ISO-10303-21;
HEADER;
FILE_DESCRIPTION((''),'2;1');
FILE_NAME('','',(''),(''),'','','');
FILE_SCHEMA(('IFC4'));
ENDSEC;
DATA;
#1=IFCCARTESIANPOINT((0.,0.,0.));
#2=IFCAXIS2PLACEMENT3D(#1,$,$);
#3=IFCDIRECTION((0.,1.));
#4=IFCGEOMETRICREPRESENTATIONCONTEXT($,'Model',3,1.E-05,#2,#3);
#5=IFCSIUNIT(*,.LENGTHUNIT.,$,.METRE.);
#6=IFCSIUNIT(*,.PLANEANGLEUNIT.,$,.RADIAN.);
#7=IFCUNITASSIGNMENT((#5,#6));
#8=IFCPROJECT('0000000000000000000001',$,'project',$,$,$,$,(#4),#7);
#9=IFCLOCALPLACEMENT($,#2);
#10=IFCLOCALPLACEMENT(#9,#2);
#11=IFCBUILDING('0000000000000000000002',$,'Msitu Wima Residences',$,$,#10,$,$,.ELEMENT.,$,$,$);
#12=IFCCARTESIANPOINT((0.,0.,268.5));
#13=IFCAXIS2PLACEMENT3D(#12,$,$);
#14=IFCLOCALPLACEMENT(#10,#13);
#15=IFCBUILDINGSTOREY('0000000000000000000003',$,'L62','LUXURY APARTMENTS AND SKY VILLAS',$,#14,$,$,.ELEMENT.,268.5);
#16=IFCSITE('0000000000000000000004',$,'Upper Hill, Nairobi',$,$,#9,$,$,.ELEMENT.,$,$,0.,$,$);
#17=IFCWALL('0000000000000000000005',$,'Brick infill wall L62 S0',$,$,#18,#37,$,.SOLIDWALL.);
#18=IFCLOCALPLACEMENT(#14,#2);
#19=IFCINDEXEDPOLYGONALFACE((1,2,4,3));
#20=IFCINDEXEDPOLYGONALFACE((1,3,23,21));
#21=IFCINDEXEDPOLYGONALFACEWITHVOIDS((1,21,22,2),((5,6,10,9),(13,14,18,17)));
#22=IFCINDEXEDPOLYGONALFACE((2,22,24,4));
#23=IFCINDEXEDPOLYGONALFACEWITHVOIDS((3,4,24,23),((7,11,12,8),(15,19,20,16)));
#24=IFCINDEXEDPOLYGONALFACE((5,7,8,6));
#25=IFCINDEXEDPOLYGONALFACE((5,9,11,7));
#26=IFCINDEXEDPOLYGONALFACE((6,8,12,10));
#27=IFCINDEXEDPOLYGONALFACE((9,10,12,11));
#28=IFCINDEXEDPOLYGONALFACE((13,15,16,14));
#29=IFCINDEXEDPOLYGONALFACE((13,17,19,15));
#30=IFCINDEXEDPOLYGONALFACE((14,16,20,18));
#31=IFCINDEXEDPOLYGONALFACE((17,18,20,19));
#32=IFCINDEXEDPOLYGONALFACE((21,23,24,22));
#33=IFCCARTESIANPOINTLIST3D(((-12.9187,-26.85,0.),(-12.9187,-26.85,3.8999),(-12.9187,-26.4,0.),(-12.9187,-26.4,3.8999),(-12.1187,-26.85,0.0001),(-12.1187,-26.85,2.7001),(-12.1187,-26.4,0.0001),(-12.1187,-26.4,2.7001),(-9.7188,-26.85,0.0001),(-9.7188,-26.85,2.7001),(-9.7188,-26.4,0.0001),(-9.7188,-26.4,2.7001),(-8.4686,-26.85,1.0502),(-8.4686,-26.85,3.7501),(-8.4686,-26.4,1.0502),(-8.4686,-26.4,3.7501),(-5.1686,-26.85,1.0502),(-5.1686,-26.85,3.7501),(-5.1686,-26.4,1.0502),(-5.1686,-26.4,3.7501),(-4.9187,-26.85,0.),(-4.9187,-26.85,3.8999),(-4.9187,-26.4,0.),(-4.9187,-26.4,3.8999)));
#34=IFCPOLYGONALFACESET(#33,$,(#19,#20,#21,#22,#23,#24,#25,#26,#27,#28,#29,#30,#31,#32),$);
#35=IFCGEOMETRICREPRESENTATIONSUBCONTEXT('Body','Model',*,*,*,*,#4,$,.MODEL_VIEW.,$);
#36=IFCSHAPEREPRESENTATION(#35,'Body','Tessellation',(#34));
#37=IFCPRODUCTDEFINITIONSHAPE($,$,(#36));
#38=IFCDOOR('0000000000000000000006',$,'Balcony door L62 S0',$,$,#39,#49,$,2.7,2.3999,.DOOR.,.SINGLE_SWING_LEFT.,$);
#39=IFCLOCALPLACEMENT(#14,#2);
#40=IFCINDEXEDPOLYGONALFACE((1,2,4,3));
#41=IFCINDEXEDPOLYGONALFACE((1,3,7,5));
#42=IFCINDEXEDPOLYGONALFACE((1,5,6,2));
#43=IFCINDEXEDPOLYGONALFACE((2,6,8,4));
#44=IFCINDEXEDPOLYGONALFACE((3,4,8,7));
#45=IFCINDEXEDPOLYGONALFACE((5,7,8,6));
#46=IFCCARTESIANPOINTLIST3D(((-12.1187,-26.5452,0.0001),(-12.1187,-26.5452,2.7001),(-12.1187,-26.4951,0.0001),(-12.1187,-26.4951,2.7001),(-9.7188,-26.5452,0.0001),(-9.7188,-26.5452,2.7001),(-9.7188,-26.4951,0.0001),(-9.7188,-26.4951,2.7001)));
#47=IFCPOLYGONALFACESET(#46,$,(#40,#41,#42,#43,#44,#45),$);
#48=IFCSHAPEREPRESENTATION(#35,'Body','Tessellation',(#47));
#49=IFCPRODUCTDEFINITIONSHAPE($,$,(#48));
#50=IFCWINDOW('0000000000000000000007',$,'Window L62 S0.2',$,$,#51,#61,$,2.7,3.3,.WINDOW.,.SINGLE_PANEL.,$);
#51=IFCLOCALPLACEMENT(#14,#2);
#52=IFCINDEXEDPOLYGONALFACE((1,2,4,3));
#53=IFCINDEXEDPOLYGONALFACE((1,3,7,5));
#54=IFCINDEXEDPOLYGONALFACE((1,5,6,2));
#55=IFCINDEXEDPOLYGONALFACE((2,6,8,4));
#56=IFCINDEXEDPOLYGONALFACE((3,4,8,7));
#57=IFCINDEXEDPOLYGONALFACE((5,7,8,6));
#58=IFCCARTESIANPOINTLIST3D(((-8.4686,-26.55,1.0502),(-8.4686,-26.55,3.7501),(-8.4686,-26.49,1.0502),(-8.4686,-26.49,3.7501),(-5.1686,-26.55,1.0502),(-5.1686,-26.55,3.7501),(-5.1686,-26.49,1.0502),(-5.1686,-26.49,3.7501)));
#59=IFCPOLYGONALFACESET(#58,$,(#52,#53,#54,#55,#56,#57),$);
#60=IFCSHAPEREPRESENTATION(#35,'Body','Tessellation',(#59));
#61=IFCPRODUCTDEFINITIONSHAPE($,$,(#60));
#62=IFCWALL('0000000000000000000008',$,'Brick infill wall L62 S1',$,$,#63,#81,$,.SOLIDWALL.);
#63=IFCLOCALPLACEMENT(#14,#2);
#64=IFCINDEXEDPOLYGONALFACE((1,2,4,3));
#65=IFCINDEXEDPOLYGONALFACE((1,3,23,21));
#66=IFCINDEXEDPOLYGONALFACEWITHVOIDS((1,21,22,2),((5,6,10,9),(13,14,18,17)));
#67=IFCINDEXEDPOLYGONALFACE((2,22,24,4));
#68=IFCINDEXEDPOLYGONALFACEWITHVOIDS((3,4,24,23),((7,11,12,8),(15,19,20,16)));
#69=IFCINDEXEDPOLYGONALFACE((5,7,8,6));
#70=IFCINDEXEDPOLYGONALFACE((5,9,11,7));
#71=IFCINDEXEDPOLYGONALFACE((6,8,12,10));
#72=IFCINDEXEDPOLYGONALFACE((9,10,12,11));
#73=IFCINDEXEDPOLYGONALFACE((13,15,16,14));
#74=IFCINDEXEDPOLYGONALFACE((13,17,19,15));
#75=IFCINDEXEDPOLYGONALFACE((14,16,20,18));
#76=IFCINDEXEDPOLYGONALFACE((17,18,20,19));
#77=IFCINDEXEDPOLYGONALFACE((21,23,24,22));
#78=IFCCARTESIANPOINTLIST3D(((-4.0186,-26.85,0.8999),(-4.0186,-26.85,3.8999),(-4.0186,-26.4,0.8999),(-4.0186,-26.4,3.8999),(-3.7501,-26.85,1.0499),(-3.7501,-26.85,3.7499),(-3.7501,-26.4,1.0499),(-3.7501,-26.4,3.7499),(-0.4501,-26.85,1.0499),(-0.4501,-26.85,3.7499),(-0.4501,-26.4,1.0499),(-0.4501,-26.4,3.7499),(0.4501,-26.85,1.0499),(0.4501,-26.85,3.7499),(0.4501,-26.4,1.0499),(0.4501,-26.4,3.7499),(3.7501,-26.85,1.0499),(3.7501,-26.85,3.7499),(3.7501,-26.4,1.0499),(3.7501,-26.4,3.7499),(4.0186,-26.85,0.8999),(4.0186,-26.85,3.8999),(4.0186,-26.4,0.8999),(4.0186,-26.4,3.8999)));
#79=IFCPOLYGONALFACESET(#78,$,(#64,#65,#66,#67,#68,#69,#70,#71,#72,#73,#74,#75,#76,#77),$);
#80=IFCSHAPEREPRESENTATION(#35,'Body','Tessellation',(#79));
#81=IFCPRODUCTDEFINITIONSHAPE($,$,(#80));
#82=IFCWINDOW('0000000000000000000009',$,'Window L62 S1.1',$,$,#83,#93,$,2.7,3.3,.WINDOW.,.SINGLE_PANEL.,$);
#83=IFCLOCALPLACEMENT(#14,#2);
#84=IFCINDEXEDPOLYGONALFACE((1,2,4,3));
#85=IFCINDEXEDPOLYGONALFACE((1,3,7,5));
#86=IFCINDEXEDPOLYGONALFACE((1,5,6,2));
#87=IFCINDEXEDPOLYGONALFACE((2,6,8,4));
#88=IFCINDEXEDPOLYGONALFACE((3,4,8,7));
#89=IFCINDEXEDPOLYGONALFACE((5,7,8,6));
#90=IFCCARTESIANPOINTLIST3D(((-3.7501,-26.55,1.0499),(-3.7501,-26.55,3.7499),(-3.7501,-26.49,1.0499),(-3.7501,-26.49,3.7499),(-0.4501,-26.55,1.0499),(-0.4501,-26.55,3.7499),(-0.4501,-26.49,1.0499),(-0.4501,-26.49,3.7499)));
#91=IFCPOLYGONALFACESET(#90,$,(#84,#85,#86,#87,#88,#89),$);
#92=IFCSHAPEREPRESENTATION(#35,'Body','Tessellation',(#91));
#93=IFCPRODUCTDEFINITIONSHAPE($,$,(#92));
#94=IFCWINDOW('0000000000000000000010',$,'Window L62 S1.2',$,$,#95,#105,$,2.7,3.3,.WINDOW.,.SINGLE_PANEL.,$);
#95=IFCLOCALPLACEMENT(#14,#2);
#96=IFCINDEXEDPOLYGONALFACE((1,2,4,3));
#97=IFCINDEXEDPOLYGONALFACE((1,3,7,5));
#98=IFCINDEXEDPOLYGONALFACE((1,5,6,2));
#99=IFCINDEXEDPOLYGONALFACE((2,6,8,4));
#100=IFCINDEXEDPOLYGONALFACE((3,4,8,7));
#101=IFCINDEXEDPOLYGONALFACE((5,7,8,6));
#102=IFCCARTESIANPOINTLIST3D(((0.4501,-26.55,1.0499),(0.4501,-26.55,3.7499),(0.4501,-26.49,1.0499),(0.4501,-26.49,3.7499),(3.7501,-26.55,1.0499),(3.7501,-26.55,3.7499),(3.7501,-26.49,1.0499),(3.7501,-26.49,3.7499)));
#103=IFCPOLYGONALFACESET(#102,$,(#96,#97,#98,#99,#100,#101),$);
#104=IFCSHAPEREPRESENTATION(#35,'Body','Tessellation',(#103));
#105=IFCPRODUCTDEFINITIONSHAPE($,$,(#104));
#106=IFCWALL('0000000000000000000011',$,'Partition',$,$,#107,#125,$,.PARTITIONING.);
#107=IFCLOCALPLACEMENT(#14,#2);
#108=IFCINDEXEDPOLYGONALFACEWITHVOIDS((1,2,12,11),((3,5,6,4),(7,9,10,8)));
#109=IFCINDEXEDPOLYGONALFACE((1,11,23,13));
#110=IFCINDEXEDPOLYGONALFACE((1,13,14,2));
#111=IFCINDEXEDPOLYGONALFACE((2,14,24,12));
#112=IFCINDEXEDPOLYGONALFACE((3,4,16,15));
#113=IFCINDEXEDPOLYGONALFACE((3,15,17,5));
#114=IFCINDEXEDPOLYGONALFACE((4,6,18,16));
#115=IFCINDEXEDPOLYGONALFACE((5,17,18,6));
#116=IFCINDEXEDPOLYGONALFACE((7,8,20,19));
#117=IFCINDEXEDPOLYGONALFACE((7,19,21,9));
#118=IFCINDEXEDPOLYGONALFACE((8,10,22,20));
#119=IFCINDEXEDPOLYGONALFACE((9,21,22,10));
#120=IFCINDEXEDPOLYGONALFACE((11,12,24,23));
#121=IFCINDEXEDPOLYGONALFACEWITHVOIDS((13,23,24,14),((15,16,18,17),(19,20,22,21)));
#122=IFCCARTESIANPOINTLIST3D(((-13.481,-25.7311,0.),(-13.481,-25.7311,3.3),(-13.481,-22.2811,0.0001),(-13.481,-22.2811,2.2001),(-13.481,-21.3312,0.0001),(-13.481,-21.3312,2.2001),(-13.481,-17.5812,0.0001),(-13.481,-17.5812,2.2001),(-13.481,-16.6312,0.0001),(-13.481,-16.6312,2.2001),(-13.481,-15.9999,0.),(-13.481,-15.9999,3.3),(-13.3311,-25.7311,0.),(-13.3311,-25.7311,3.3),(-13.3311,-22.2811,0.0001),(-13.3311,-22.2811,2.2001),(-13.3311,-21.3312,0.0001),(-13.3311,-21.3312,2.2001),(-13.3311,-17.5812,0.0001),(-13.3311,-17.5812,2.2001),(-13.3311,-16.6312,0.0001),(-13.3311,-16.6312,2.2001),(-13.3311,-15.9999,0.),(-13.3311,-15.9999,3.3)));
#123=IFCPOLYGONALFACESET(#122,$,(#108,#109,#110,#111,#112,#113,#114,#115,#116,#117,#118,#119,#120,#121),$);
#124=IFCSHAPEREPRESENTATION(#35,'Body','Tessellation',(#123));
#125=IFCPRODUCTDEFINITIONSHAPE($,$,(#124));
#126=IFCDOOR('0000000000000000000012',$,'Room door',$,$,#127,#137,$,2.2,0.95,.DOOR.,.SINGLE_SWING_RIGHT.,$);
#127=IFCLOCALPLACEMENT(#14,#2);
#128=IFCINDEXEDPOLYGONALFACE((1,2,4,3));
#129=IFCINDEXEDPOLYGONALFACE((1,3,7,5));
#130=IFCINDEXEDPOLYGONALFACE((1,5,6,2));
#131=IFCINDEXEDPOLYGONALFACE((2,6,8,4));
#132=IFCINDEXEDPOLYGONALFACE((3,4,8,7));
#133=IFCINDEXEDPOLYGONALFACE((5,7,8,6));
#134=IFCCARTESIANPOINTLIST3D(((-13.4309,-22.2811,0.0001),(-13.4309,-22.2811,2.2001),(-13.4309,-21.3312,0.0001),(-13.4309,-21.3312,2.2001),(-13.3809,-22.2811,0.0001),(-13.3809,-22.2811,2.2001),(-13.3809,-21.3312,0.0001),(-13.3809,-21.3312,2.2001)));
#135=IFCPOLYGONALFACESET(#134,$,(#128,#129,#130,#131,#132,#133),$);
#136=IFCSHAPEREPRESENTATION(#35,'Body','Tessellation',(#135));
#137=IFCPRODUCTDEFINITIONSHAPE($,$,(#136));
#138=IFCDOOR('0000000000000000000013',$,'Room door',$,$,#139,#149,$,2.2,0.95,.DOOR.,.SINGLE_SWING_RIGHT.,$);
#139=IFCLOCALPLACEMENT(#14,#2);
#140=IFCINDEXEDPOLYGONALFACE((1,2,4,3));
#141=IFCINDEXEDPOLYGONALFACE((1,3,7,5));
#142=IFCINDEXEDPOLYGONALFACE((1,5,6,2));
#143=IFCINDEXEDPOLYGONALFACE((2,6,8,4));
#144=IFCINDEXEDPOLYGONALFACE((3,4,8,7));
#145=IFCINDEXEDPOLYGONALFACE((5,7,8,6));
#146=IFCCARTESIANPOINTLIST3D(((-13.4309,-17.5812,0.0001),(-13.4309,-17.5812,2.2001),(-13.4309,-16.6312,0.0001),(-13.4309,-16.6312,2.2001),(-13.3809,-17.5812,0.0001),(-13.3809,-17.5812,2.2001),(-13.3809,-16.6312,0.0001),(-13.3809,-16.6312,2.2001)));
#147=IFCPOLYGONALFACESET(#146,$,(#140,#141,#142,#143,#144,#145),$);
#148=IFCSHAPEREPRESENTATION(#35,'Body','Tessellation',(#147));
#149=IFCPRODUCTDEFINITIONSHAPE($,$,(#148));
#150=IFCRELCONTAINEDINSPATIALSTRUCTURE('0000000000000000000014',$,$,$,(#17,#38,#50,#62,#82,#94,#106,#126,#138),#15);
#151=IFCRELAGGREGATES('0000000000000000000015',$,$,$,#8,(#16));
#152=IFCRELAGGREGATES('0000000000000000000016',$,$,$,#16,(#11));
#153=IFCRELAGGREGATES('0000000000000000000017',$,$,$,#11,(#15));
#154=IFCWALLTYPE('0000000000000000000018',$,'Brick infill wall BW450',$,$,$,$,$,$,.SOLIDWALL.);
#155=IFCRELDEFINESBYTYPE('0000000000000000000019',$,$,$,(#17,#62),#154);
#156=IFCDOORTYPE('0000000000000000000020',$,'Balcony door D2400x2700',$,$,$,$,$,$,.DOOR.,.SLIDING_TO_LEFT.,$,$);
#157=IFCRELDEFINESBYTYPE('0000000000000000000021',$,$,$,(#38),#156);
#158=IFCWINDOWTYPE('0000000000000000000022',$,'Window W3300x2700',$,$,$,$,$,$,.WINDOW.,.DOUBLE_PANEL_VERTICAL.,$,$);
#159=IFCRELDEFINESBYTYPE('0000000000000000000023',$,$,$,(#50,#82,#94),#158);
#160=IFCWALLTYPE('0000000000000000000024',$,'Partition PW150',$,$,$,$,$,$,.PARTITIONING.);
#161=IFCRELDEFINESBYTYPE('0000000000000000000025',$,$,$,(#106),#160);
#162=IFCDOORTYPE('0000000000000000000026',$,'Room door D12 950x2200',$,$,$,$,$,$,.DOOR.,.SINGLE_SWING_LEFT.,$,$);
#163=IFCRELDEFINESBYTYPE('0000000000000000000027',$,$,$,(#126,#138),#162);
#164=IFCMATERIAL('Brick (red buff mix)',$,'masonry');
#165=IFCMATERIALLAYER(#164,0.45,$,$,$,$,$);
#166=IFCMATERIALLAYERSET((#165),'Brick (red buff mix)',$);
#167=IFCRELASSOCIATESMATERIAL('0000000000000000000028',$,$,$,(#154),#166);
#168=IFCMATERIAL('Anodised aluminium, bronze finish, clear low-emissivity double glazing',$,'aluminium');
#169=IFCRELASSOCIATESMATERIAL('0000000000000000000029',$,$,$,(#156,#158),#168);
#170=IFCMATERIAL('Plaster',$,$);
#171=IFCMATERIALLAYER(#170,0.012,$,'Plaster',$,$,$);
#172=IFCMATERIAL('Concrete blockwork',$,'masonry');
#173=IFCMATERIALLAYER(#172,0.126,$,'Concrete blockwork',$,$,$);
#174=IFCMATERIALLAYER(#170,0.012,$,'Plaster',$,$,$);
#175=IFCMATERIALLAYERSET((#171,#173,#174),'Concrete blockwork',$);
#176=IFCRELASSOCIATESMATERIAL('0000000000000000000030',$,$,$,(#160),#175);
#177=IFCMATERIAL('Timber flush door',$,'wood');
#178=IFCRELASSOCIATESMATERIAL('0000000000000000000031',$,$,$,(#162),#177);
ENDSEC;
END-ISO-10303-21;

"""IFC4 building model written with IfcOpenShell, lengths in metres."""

from ifc_helpers import new_model, si_unit, direction, frame, frame_2d, origin, place, context, subcontext, project, spatial, rectangle, extrude, material, layer, layer_set, type_object, element, fill, save


model = new_model("IFC4")

# Units and contexts
model_context = context("Model", 3, precision=1e-05, world=origin(), true_north=direction((0.0, 1.0)))
body_context = subcontext(model_context, "Body", "Model", "MODEL_VIEW")
ifc_project = project(units=[si_unit("LENGTHUNIT", "METRE"), si_unit("PLANEANGLEUNIT", "RADIAN")], contexts=[model_context])

# Site, building, storey
site_placement = place(None, origin())
site = spatial("IfcSite", under=ifc_project, at=site_placement, Name="Upper Hill, Nairobi", CompositionType="ELEMENT", RefElevation=0.0)
building_placement = place(site_placement, origin())
building = spatial("IfcBuilding", under=site, at=building_placement, Name="Msitu Wima Residences", CompositionType="ELEMENT")
storey_placement = place(building_placement, frame((0.0, 0.0, 268.5)))
storey = spatial("IfcBuildingStorey", under=building, at=storey_placement, Name="L62", Description="LUXURY APARTMENTS AND SKY VILLAS", CompositionType="ELEMENT", Elevation=268.5)

# Wall, openings, door, window
ifc_material_1 = material(Name="Brick (red buff mix)", Category="masonry")
ifc_layer_1 = layer(ifc_material_1, 0.45)
ifc_layer_set_1 = layer_set([ifc_layer_1], Name="Brick (red buff mix)")
wall_type_1 = type_object("IfcWallType", Name="Brick infill wall BW450", PredefinedType="SOLIDWALL", material=ifc_layer_set_1)
wall_1_placement = place(storey_placement, frame((-12.9187, -26.625, 0.0), z_axis=(0.0, 0.0, 1.0), x_axis=(1.0, 0.0, 0.0)))
wall_1 = element("IfcWall", 1, at=wall_1_placement, inside=storey, type_object=wall_type_1, Name="Brick infill wall L62 S0", PredefinedType="SOLIDWALL", context=body_context, shape_type="SweptSolid", body=[
    extrude(rectangle(XDim=8.0, YDim=0.45, at=frame_2d((4.0, 0.0))), origin(), (0.0, 0.0, 1.0), 3.8999),
])
opening_1_placement = place(wall_1_placement, frame((0.8, 0.0, 0.0)))
opening_1 = element("IfcOpeningElement", 2, at=opening_1_placement, cuts=wall_1, PredefinedType="OPENING", context=body_context, shape_type="SweptSolid", body=[
    extrude(rectangle(XDim=2.3999, YDim=2.7, at=frame_2d((1.2, 1.3501))), frame((0.0, 0.2349, 0.0), z_axis=(0.0, -1.0, 0.0), x_axis=(1.0, 0.0, 0.0)), (0.0, 0.0, 1.0), 0.47),
])
opening_2_placement = place(wall_1_placement, frame((4.4502, 0.0, 1.05)))
opening_2 = element("IfcOpeningElement", 3, at=opening_2_placement, cuts=wall_1, PredefinedType="OPENING", context=body_context, shape_type="SweptSolid", body=[
    extrude(rectangle(XDim=3.3, YDim=2.7, at=frame_2d((1.6499, 1.3501))), frame((0.0, 0.2349, 0.0), z_axis=(0.0, -1.0, 0.0), x_axis=(1.0, 0.0, 0.0)), (0.0, 0.0, 1.0), 0.47),
])
ifc_material_2 = material(Name="Anodised aluminium, bronze finish, clear low-emissivity double glazing", Category="aluminium")
door_type_1 = type_object("IfcDoorType", Name="Balcony door D2400x2700", OperationType="SLIDING_TO_LEFT", PredefinedType="DOOR", material=ifc_material_2)
door_1_placement = place(opening_1_placement, origin())
door_1 = element("IfcDoor", 4, at=door_1_placement, inside=storey, type_object=door_type_1, Name="Balcony door L62 S0", OperationType="SINGLE_SWING_LEFT", OverallHeight=2.7, OverallWidth=2.3999, PredefinedType="DOOR", context=body_context, shape_type="SweptSolid", body=[
    extrude(rectangle(XDim=2.3999, YDim=2.7, at=frame_2d((1.2, 1.3501))), frame((0.0, 0.1299, 0.0), z_axis=(0.0, -1.0, 0.0), x_axis=(1.0, 0.0, 0.0)), (0.0, 0.0, 1.0), 0.05),
])
fill(opening_1, door_1)
window_type = type_object("IfcWindowType", Name="Window W3300x2700", PartitioningType="DOUBLE_PANEL_VERTICAL", PredefinedType="WINDOW", material=ifc_material_2)
window_1_placement = place(opening_2_placement, origin())
window_1 = element("IfcWindow", 5, at=window_1_placement, inside=storey, type_object=window_type, Name="Window L62 S0.2", OverallHeight=2.7, OverallWidth=3.3, PartitioningType="SINGLE_PANEL", PredefinedType="WINDOW", context=body_context, shape_type="SweptSolid", body=[
    extrude(rectangle(XDim=3.3, YDim=2.7, at=frame_2d((1.6499, 1.3501))), frame((0.0, 0.135, 0.0), z_axis=(0.0, -1.0, 0.0), x_axis=(1.0, 0.0, 0.0)), (0.0, 0.0, 1.0), 0.0601),
])
fill(opening_2, window_1)

# Wall, openings, windows
wall_2_placement = place(storey_placement, frame((-4.0186, -26.625, 0.8999), z_axis=(0.0, 0.0, 1.0), x_axis=(1.0, 0.0, 0.0)))
wall_2 = element("IfcWall", 6, at=wall_2_placement, inside=storey, type_object=wall_type_1, Name="Brick infill wall L62 S1", PredefinedType="SOLIDWALL", context=body_context, shape_type="SweptSolid", body=[
    extrude(rectangle(XDim=8.0371, YDim=0.45, at=frame_2d((4.0186, 0.0))), origin(), (0.0, 0.0, 1.0), 3.0),
])
opening_3_placement = place(wall_2_placement, frame((0.2686, 0.0, 0.1499)))
opening_3 = element("IfcOpeningElement", 7, at=opening_3_placement, cuts=wall_2, PredefinedType="OPENING", context=body_context, shape_type="SweptSolid", body=[
    extrude(rectangle(XDim=3.3, YDim=2.7, at=frame_2d((1.6499, 1.3501))), frame((0.0, 0.2349, 0.0), z_axis=(0.0, -1.0, 0.0), x_axis=(1.0, 0.0, 0.0)), (0.0, 0.0, 1.0), 0.47),
])
opening_4_placement = place(wall_2_placement, frame((4.4688, 0.0, 0.1499)))
opening_4 = element("IfcOpeningElement", 8, at=opening_4_placement, cuts=wall_2, PredefinedType="OPENING", context=body_context, shape_type="SweptSolid", body=[
    extrude(rectangle(XDim=3.3, YDim=2.7, at=frame_2d((1.6499, 1.3501))), frame((0.0, 0.2349, 0.0), z_axis=(0.0, -1.0, 0.0), x_axis=(1.0, 0.0, 0.0)), (0.0, 0.0, 1.0), 0.47),
])
window_2_placement = place(opening_3_placement, origin())
window_2 = element("IfcWindow", 9, at=window_2_placement, inside=storey, type_object=window_type, Name="Window L62 S1.1", OverallHeight=2.7, OverallWidth=3.3, PartitioningType="SINGLE_PANEL", PredefinedType="WINDOW", context=body_context, shape_type="SweptSolid", body=[
    extrude(rectangle(XDim=3.3, YDim=2.7, at=frame_2d((1.6499, 1.3501))), frame((0.0, 0.135, 0.0), z_axis=(0.0, -1.0, 0.0), x_axis=(1.0, 0.0, 0.0)), (0.0, 0.0, 1.0), 0.0601),
])
fill(opening_3, window_2)
window_3_placement = place(opening_4_placement, origin())
window_3 = element("IfcWindow", 10, at=window_3_placement, inside=storey, type_object=window_type, Name="Window L62 S1.2", OverallHeight=2.7, OverallWidth=3.3, PartitioningType="SINGLE_PANEL", PredefinedType="WINDOW", context=body_context, shape_type="SweptSolid", body=[
    extrude(rectangle(XDim=3.3, YDim=2.7, at=frame_2d((1.6499, 1.3501))), frame((0.0, 0.135, 0.0), z_axis=(0.0, -1.0, 0.0), x_axis=(1.0, 0.0, 0.0)), (0.0, 0.0, 1.0), 0.0601),
])
fill(opening_4, window_3)

# Wall, openings, doors
ifc_material_3 = material(Name="Plaster")
ifc_layer_2 = layer(ifc_material_3, 0.012, Name="Plaster")
ifc_material_4 = material(Name="Concrete blockwork", Category="masonry")
ifc_layer_3 = layer(ifc_material_4, 0.126, Name="Concrete blockwork")
ifc_layer_4 = layer(ifc_material_3, 0.012, Name="Plaster")
ifc_layer_set_2 = layer_set([ifc_layer_2, ifc_layer_3, ifc_layer_4], Name="Concrete blockwork")
wall_type_2 = type_object("IfcWallType", Name="Partition PW150", PredefinedType="PARTITIONING", material=ifc_layer_set_2)
wall_3_placement = place(storey_placement, frame((-13.406, -25.7312, 0.0), z_axis=(0.0, 0.0, 1.0), x_axis=(0.0, 1.0, 0.0)))
wall_3 = element("IfcWall", 11, at=wall_3_placement, inside=storey, type_object=wall_type_2, Name="Partition", PredefinedType="PARTITIONING", context=body_context, shape_type="SweptSolid", body=[
    extrude(rectangle(XDim=9.7312, YDim=0.1499, at=frame_2d((4.8657, 0.0))), origin(), (0.0, 0.0, 1.0), 3.3),
])
opening_5_placement = place(wall_3_placement, frame((3.45, 0.0, 0.0)))
opening_5 = element("IfcOpeningElement", 12, at=opening_5_placement, cuts=wall_3, PredefinedType="OPENING", context=body_context, shape_type="SweptSolid", body=[
    extrude(rectangle(XDim=0.95, YDim=2.2, at=frame_2d((0.4751, 1.1001))), frame((0.0, 0.085, 0.0), z_axis=(0.0, -1.0, 0.0), x_axis=(1.0, 0.0, 0.0)), (0.0, 0.0, 1.0), 0.1699),
])
opening_6_placement = place(wall_3_placement, frame((8.1499, 0.0, 0.0)))
opening_6 = element("IfcOpeningElement", 13, at=opening_6_placement, cuts=wall_3, PredefinedType="OPENING", context=body_context, shape_type="SweptSolid", body=[
    extrude(rectangle(XDim=0.95, YDim=2.2, at=frame_2d((0.4751, 1.1001))), frame((0.0, 0.085, 0.0), z_axis=(0.0, -1.0, 0.0), x_axis=(1.0, 0.0, 0.0)), (0.0, 0.0, 1.0), 0.1699),
])
ifc_material_5 = material(Name="Timber flush door", Category="wood")
door_type_2 = type_object("IfcDoorType", Name="Room door D12 950x2200", OperationType="SINGLE_SWING_LEFT", PredefinedType="DOOR", material=ifc_material_5)
door_2_placement = place(opening_5_placement, origin())
door_2 = element("IfcDoor", 14, at=door_2_placement, inside=storey, type_object=door_type_2, Name="Room door", OperationType="SINGLE_SWING_RIGHT", OverallHeight=2.2, OverallWidth=0.95, PredefinedType="DOOR", context=body_context, shape_type="SweptSolid", body=[
    extrude(rectangle(XDim=0.95, YDim=2.2, at=frame_2d((0.4751, 1.1001))), frame((0.0, 0.0249, 0.0), z_axis=(0.0, -1.0, 0.0), x_axis=(1.0, 0.0, 0.0)), (0.0, 0.0, 1.0), 0.05),
])
fill(opening_5, door_2)
door_3_placement = place(opening_6_placement, origin())
door_3 = element("IfcDoor", 15, at=door_3_placement, inside=storey, type_object=door_type_2, Name="Room door", OperationType="SINGLE_SWING_RIGHT", OverallHeight=2.2, OverallWidth=0.95, PredefinedType="DOOR", context=body_context, shape_type="SweptSolid", body=[
    extrude(rectangle(XDim=0.95, YDim=2.2, at=frame_2d((0.4751, 1.1001))), frame((0.0, 0.0249, 0.0), z_axis=(0.0, -1.0, 0.0), x_axis=(1.0, 0.0, 0.0)), (0.0, 0.0, 1.0), 0.05),
])
fill(opening_6, door_3)

save(model, "model.ifc")
